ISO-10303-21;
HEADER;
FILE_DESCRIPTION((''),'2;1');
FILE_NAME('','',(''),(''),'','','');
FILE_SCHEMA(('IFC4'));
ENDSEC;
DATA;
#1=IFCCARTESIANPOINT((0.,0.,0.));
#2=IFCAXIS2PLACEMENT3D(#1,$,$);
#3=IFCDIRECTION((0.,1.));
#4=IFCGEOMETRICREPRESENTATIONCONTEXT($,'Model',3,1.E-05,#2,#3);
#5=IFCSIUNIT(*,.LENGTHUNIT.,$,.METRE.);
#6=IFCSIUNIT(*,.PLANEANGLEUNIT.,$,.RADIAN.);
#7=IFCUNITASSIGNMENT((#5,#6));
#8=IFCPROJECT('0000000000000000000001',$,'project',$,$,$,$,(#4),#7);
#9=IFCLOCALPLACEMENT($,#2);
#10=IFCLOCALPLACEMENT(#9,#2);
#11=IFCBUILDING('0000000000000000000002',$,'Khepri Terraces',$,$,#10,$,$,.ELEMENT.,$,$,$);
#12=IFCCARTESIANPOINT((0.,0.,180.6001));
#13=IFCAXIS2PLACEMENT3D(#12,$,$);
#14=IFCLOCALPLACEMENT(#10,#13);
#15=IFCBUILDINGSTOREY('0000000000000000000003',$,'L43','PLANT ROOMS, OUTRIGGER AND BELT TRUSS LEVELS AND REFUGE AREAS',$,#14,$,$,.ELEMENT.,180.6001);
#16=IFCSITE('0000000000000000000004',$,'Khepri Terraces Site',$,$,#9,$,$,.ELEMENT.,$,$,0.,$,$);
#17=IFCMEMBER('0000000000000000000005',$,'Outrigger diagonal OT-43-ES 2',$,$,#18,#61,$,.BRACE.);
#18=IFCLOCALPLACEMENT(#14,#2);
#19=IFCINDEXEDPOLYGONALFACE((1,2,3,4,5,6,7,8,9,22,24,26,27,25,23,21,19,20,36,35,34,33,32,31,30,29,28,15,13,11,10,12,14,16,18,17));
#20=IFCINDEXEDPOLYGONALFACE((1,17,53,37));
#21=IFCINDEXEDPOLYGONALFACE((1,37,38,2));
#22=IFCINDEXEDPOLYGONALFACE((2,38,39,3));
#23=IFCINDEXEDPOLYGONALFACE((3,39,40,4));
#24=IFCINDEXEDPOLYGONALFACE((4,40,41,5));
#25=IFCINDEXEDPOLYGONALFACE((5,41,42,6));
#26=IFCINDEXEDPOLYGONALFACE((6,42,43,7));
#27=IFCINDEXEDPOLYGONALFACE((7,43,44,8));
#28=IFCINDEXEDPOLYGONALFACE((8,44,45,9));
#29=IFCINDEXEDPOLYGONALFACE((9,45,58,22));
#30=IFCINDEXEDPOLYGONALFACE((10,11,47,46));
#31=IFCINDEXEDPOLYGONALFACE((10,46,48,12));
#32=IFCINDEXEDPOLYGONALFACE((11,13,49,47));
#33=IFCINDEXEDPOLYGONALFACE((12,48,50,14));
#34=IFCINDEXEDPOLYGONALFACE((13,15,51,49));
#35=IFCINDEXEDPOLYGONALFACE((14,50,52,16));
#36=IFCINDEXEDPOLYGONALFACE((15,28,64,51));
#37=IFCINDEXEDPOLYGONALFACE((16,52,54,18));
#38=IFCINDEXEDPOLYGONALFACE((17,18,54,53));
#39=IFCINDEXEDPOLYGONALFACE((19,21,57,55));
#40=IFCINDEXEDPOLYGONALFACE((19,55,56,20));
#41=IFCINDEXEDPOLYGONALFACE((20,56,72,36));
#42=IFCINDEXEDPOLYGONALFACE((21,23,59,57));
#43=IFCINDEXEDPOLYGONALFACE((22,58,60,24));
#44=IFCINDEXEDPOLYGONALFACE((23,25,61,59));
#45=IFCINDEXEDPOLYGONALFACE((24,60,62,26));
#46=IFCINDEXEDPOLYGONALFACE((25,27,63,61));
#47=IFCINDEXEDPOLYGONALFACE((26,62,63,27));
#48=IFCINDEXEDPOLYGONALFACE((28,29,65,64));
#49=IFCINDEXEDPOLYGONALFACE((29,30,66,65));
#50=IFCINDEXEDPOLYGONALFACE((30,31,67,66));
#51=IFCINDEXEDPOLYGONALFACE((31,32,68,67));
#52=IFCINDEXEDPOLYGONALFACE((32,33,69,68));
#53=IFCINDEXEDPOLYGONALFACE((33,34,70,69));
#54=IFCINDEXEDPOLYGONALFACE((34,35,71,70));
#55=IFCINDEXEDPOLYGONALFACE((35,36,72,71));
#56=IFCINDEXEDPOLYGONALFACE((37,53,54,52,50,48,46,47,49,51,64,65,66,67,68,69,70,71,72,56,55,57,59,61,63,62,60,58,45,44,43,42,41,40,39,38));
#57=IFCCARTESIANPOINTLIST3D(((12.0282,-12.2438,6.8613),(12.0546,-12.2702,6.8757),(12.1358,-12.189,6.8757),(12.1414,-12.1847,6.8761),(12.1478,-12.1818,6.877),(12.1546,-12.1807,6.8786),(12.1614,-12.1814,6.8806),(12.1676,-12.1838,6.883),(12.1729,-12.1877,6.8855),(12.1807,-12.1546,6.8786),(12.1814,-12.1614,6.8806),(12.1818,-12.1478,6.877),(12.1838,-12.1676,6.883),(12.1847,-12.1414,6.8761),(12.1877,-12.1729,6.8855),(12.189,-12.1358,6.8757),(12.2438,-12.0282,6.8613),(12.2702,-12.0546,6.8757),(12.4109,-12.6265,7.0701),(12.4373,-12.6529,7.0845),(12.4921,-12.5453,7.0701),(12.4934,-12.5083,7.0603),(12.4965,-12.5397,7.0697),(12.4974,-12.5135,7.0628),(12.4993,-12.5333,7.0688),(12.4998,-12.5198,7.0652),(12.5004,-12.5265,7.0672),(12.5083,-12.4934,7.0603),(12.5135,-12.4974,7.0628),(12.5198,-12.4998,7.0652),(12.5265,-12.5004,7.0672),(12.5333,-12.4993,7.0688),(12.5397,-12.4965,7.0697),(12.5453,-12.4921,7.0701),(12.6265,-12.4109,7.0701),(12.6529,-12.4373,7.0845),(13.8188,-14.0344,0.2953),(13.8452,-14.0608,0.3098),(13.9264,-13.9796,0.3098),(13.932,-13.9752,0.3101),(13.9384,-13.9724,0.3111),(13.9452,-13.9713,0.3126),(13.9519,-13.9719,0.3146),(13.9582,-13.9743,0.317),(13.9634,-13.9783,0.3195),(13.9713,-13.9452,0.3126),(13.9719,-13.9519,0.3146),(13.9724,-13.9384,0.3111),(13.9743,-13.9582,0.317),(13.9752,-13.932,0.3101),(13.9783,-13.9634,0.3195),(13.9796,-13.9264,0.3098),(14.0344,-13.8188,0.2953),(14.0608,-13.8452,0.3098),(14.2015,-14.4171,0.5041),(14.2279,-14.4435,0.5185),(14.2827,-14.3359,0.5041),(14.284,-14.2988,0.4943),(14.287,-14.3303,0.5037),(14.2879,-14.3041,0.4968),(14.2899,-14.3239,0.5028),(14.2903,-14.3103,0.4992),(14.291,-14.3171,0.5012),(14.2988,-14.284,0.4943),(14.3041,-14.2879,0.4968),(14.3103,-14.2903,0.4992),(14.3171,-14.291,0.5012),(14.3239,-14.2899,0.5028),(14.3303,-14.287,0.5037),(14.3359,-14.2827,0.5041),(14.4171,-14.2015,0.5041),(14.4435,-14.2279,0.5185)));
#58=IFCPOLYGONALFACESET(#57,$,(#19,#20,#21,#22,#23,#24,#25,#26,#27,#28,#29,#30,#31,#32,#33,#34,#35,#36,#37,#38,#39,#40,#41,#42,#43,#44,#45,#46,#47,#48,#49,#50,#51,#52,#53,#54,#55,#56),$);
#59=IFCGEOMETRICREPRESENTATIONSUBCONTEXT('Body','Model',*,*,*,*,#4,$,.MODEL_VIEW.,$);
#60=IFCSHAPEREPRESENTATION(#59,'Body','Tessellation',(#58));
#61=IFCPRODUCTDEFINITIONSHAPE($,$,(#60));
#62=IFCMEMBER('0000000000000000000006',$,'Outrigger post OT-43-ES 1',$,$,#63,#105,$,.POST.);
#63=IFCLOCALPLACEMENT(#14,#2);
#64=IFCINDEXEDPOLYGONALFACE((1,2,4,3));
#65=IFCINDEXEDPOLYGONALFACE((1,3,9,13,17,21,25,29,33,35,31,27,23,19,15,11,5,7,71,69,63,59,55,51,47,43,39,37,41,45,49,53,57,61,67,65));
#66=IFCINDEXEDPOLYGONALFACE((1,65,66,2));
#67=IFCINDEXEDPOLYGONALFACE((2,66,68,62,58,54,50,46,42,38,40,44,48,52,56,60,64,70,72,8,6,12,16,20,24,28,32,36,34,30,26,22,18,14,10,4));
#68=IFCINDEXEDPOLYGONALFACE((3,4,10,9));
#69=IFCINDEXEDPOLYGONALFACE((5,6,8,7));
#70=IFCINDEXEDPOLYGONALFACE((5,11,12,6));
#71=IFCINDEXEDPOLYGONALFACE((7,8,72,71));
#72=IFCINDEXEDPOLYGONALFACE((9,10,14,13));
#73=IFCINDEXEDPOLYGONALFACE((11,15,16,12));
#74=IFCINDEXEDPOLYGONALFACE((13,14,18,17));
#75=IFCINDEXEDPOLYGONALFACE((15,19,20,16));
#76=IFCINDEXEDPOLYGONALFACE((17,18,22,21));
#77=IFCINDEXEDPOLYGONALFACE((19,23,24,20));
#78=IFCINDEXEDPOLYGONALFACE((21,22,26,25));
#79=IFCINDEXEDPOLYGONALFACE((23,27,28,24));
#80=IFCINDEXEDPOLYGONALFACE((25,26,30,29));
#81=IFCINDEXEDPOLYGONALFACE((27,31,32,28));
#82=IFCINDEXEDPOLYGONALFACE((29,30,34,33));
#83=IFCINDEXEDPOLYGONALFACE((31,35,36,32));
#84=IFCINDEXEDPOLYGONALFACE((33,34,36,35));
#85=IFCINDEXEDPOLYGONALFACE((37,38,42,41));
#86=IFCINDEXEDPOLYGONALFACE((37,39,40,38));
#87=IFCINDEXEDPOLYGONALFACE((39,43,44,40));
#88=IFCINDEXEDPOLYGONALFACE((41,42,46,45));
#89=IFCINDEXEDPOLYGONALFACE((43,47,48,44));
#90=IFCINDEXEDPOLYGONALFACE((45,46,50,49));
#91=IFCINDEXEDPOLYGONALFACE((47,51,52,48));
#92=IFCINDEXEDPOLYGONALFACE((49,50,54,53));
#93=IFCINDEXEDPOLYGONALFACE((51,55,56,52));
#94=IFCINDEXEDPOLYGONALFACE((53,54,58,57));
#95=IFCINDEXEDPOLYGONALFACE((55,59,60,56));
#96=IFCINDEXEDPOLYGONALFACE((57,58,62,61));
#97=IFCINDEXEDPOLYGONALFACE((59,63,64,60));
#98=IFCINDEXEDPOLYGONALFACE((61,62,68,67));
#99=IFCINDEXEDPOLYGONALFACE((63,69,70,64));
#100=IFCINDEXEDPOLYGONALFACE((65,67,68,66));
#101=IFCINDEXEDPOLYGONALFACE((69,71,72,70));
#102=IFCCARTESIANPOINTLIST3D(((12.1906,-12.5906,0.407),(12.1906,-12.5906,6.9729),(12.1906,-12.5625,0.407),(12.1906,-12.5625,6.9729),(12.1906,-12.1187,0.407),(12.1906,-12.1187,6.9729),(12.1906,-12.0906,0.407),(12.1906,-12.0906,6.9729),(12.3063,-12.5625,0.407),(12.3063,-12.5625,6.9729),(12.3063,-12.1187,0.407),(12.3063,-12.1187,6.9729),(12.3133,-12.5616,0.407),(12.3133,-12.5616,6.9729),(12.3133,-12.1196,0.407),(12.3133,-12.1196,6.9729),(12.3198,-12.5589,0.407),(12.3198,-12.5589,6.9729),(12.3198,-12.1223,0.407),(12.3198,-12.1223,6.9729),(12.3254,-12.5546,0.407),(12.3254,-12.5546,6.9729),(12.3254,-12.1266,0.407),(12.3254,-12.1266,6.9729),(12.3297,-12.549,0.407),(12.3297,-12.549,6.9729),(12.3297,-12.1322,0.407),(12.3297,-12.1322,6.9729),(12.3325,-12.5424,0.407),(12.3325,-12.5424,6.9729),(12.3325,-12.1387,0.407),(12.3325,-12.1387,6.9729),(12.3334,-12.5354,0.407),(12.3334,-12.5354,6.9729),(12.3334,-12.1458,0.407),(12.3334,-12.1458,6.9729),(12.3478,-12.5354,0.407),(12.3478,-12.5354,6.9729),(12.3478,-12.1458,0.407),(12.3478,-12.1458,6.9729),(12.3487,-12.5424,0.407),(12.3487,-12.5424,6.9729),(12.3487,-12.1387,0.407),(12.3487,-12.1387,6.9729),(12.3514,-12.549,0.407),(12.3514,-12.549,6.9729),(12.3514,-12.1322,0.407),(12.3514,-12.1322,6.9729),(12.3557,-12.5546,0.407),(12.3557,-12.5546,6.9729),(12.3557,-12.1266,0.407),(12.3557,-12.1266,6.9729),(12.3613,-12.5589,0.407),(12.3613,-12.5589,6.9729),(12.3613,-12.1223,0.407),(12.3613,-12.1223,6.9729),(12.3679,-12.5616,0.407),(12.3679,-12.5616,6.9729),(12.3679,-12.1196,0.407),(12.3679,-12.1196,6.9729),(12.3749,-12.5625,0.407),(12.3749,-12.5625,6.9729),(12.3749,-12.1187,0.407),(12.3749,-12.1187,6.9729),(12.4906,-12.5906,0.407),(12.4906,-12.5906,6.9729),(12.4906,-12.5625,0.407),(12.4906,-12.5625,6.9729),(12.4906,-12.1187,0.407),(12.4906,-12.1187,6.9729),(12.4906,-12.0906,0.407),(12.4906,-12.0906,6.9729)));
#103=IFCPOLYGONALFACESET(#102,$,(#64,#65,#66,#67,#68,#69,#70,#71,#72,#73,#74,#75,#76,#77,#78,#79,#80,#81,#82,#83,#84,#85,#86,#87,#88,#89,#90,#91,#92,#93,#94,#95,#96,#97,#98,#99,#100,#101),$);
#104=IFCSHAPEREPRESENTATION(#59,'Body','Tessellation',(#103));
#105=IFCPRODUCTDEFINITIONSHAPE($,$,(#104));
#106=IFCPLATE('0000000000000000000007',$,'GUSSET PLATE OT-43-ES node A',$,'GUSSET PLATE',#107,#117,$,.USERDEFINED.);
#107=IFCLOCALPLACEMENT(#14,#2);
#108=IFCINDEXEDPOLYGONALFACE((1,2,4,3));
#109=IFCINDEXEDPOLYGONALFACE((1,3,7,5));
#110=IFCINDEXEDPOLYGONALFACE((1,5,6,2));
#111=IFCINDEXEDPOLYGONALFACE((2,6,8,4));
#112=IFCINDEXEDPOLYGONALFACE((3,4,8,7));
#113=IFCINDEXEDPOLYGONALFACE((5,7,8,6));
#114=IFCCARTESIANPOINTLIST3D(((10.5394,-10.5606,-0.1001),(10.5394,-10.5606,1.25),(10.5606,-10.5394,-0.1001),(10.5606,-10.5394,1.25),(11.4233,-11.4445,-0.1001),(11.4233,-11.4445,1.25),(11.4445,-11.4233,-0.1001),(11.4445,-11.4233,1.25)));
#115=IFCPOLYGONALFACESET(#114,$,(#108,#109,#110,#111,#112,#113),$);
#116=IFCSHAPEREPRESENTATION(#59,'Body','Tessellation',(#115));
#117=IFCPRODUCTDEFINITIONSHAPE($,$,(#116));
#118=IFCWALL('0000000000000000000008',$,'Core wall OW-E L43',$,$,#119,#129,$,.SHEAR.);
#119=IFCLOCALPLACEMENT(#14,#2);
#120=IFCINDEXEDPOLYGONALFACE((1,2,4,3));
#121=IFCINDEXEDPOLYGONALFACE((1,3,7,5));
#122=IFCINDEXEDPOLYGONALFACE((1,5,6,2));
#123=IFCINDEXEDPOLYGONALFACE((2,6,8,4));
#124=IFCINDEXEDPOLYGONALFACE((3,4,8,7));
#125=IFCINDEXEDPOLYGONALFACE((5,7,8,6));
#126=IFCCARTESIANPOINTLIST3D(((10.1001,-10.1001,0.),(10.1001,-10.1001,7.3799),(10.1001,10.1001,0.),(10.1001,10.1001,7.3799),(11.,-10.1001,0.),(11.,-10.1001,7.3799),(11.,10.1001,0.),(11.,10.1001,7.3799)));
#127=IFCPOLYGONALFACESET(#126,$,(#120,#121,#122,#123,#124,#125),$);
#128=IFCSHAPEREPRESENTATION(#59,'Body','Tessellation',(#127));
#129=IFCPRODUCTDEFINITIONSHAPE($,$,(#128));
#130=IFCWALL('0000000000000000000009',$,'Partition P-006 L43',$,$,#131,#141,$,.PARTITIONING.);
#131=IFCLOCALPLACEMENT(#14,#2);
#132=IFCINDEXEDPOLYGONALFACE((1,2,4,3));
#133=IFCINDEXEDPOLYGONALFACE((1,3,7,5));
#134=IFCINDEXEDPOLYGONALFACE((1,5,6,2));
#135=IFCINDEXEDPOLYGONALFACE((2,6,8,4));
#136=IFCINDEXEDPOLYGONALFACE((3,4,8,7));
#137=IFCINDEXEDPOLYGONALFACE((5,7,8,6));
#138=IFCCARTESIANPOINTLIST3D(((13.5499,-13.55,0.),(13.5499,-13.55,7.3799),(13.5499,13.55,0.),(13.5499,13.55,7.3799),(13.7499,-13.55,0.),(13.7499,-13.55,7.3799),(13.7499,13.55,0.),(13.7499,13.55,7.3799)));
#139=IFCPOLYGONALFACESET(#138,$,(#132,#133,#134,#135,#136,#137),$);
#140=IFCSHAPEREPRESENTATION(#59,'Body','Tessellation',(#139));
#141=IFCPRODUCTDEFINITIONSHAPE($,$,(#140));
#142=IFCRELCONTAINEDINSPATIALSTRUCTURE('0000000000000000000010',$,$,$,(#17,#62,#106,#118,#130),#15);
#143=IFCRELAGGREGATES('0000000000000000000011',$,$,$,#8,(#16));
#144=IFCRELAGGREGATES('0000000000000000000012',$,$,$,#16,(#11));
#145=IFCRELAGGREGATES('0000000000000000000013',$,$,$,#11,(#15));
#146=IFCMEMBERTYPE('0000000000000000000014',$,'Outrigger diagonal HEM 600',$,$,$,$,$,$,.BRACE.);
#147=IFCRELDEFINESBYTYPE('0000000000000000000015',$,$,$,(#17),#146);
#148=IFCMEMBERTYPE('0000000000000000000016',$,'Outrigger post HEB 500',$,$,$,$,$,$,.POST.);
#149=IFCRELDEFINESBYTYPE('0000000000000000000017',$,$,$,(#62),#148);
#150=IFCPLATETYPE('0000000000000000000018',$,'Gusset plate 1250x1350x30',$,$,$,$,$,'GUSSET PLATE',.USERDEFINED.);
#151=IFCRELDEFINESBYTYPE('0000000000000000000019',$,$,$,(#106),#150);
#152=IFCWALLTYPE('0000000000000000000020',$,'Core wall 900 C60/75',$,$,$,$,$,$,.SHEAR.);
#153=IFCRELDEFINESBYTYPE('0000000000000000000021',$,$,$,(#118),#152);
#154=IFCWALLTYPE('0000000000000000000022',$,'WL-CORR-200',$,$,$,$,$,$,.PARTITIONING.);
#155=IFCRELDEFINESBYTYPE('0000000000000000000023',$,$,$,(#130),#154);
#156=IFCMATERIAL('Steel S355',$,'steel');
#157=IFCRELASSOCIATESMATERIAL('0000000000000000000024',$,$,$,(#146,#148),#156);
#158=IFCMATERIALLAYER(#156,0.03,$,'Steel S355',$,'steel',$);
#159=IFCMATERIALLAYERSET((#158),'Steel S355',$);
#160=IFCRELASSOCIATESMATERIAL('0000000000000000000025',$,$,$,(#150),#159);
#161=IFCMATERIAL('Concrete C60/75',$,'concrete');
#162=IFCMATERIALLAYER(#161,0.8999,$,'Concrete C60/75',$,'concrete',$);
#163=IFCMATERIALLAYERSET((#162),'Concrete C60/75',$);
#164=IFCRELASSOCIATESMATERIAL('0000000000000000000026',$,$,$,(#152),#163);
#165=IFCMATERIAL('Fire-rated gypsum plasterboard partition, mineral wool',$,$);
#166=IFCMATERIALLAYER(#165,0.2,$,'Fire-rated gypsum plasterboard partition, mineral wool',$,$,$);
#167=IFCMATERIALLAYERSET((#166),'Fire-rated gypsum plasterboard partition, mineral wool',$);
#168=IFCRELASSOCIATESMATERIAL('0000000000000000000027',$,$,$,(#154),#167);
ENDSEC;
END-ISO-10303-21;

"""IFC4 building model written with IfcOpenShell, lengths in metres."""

from ifc_helpers import new_model, si_unit, direction, frame, frame_2d, origin, origin_2d, place, context, subcontext, project, spatial, rectangle, i_section, extrude, material, layer, layer_set, material_profile, profile_set, type_object, element, save


model = new_model("IFC4")

# Units and contexts
model_context = context("Model", 3, precision=1e-05, world=origin(), true_north=direction((0.0, 1.0)))
body_context = subcontext(model_context, "Body", "Model", "MODEL_VIEW")
ifc_project = project(units=[si_unit("LENGTHUNIT", "METRE"), si_unit("PLANEANGLEUNIT", "RADIAN")], contexts=[model_context])

# Site, building, storey
site_placement = place(None, origin())
site = spatial("IfcSite", under=ifc_project, at=site_placement, Name="Khepri Terraces Site", CompositionType="ELEMENT", RefElevation=0.0)
building_placement = place(site_placement, origin())
building = spatial("IfcBuilding", under=site, at=building_placement, Name="Khepri Terraces", CompositionType="ELEMENT")
storey_placement = place(building_placement, frame((0.0, 0.0, 180.6001)))
storey = spatial("IfcBuildingStorey", under=building, at=storey_placement, Name="L43", Description="PLANT ROOMS, OUTRIGGER AND BELT TRUSS LEVELS AND REFUGE AREAS", CompositionType="ELEMENT", Elevation=180.6001)

# Shared definitions
ifc_material_1 = material(Name="Concrete C60/75", Category="concrete")

# Members
ifc_material_2 = material(Name="Steel S355", Category="steel")
ifc_material_profile_1 = material_profile(ifc_material_2, i_section(OverallWidth=0.3049, OverallDepth=0.6201, WebThickness=0.021, FlangeThickness=0.04, FilletRadius=0.0271, at=origin_2d()), Name="Steel S355", Category="steel")
ifc_profile_set_1 = profile_set([ifc_material_profile_1], Name="Steel S355")
member_type_1 = type_object("IfcMemberType", Name="Outrigger diagonal HEM 600", PredefinedType="BRACE", material=ifc_profile_set_1)
for number, where, z_axis, x_axis, name in (
    (1, (12.3406, -12.3406, 6.9729), (0.254435, -0.254435, -0.93302), (0.707107, 0.707107, 0.0), "Outrigger diagonal OT-43-ES 2"),
):
    element("IfcMember", number, at=place(storey_placement, frame(where, z_axis=z_axis, x_axis=x_axis)), inside=storey, type_object=member_type_1, Name=name, PredefinedType="BRACE", context=body_context, shape_type="SweptSolid", body=[
        extrude(i_section(OverallWidth=0.3049, OverallDepth=0.6201, WebThickness=0.021, FlangeThickness=0.04, FilletRadius=0.0271, at=origin_2d()), origin(), (0.0, 0.0, 1.0), 7.0374),
    ])
ifc_material_profile_2 = material_profile(ifc_material_2, i_section(OverallWidth=0.3, OverallDepth=0.5, WebThickness=0.0144, FlangeThickness=0.0281, FilletRadius=0.0271, at=origin_2d()), Name="Steel S355", Category="steel")
ifc_profile_set_2 = profile_set([ifc_material_profile_2], Name="Steel S355")
member_type_2 = type_object("IfcMemberType", Name="Outrigger post HEB 500", PredefinedType="POST", material=ifc_profile_set_2)
member_1_placement = place(storey_placement, frame((12.3406, -12.3406, 0.407), z_axis=(0.0, 0.0, 1.0), x_axis=(1.0, 0.0, 0.0)))
element("IfcMember", 2, at=member_1_placement, inside=storey, type_object=member_type_2, Name="Outrigger post OT-43-ES 1", PredefinedType="POST", context=body_context, shape_type="SweptSolid", body=[
    extrude(i_section(OverallWidth=0.3, OverallDepth=0.5, WebThickness=0.0144, FlangeThickness=0.0281, FilletRadius=0.0271, at=origin_2d()), origin(), (0.0, 0.0, 1.0), 6.5659),
])

# Plate
ifc_layer_1 = layer(ifc_material_2, 0.03, Name="Steel S355", Category="steel")
ifc_layer_set_1 = layer_set([ifc_layer_1], Name="Steel S355")
plate_type = type_object("IfcPlateType", Name="Gusset plate 1250x1350x30", ElementType="GUSSET PLATE", PredefinedType="USERDEFINED", material=ifc_layer_set_1)
plate_placement = place(storey_placement, frame((10.9919, -10.9919, -0.1001), z_axis=(0.0, 0.0, 1.0), x_axis=(0.707107, -0.707107, 0.0)))
element("IfcPlate", 3, at=plate_placement, inside=storey, type_object=plate_type, Name="GUSSET PLATE OT-43-ES node A", ObjectType="GUSSET PLATE", PredefinedType="USERDEFINED", context=body_context, shape_type="SweptSolid", body=[
    extrude(rectangle(XDim=1.25, YDim=0.03, at=origin_2d()), origin(), (0.0, 0.0, 1.0), 1.3501),
])

# Walls
ifc_layer_2 = layer(ifc_material_1, 0.8999, Name="Concrete C60/75", Category="concrete")
ifc_layer_set_2 = layer_set([ifc_layer_2], Name="Concrete C60/75")
wall_type_1 = type_object("IfcWallType", Name="Core wall 900 C60/75", PredefinedType="SHEAR", material=ifc_layer_set_2)
wall_1_placement = place(storey_placement, frame((10.55, -10.1001, 0.0), z_axis=(0.0, 0.0, 1.0), x_axis=(0.0, 1.0, 0.0)))
element("IfcWall", 4, at=wall_1_placement, inside=storey, type_object=wall_type_1, Name="Core wall OW-E L43", PredefinedType="SHEAR", context=body_context, shape_type="SweptSolid", body=[
    extrude(rectangle(XDim=20.2002, YDim=0.8999, at=frame_2d((10.1001, 0.0))), origin(), (0.0, 0.0, 1.0), 7.3799),
])
ifc_material_3 = material(Name="Fire-rated gypsum plasterboard partition, mineral wool")
ifc_layer_3 = layer(ifc_material_3, 0.2, Name="Fire-rated gypsum plasterboard partition, mineral wool")
ifc_layer_set_3 = layer_set([ifc_layer_3], Name="Fire-rated gypsum plasterboard partition, mineral wool")
wall_type_2 = type_object("IfcWallType", Name="WL-CORR-200", PredefinedType="PARTITIONING", material=ifc_layer_set_3)
wall_2_placement = place(storey_placement, frame((13.6499, -13.55, 0.0), z_axis=(0.0, 0.0, 1.0), x_axis=(0.0, 1.0, 0.0)))
element("IfcWall", 5, at=wall_2_placement, inside=storey, type_object=wall_type_2, Name="Partition P-006 L43", PredefinedType="PARTITIONING", context=body_context, shape_type="SweptSolid", body=[
    extrude(rectangle(XDim=27.1001, YDim=0.2, at=frame_2d((13.55, 0.0))), origin(), (0.0, 0.0, 1.0), 7.3799),
])

save(model, "model.ifc")
